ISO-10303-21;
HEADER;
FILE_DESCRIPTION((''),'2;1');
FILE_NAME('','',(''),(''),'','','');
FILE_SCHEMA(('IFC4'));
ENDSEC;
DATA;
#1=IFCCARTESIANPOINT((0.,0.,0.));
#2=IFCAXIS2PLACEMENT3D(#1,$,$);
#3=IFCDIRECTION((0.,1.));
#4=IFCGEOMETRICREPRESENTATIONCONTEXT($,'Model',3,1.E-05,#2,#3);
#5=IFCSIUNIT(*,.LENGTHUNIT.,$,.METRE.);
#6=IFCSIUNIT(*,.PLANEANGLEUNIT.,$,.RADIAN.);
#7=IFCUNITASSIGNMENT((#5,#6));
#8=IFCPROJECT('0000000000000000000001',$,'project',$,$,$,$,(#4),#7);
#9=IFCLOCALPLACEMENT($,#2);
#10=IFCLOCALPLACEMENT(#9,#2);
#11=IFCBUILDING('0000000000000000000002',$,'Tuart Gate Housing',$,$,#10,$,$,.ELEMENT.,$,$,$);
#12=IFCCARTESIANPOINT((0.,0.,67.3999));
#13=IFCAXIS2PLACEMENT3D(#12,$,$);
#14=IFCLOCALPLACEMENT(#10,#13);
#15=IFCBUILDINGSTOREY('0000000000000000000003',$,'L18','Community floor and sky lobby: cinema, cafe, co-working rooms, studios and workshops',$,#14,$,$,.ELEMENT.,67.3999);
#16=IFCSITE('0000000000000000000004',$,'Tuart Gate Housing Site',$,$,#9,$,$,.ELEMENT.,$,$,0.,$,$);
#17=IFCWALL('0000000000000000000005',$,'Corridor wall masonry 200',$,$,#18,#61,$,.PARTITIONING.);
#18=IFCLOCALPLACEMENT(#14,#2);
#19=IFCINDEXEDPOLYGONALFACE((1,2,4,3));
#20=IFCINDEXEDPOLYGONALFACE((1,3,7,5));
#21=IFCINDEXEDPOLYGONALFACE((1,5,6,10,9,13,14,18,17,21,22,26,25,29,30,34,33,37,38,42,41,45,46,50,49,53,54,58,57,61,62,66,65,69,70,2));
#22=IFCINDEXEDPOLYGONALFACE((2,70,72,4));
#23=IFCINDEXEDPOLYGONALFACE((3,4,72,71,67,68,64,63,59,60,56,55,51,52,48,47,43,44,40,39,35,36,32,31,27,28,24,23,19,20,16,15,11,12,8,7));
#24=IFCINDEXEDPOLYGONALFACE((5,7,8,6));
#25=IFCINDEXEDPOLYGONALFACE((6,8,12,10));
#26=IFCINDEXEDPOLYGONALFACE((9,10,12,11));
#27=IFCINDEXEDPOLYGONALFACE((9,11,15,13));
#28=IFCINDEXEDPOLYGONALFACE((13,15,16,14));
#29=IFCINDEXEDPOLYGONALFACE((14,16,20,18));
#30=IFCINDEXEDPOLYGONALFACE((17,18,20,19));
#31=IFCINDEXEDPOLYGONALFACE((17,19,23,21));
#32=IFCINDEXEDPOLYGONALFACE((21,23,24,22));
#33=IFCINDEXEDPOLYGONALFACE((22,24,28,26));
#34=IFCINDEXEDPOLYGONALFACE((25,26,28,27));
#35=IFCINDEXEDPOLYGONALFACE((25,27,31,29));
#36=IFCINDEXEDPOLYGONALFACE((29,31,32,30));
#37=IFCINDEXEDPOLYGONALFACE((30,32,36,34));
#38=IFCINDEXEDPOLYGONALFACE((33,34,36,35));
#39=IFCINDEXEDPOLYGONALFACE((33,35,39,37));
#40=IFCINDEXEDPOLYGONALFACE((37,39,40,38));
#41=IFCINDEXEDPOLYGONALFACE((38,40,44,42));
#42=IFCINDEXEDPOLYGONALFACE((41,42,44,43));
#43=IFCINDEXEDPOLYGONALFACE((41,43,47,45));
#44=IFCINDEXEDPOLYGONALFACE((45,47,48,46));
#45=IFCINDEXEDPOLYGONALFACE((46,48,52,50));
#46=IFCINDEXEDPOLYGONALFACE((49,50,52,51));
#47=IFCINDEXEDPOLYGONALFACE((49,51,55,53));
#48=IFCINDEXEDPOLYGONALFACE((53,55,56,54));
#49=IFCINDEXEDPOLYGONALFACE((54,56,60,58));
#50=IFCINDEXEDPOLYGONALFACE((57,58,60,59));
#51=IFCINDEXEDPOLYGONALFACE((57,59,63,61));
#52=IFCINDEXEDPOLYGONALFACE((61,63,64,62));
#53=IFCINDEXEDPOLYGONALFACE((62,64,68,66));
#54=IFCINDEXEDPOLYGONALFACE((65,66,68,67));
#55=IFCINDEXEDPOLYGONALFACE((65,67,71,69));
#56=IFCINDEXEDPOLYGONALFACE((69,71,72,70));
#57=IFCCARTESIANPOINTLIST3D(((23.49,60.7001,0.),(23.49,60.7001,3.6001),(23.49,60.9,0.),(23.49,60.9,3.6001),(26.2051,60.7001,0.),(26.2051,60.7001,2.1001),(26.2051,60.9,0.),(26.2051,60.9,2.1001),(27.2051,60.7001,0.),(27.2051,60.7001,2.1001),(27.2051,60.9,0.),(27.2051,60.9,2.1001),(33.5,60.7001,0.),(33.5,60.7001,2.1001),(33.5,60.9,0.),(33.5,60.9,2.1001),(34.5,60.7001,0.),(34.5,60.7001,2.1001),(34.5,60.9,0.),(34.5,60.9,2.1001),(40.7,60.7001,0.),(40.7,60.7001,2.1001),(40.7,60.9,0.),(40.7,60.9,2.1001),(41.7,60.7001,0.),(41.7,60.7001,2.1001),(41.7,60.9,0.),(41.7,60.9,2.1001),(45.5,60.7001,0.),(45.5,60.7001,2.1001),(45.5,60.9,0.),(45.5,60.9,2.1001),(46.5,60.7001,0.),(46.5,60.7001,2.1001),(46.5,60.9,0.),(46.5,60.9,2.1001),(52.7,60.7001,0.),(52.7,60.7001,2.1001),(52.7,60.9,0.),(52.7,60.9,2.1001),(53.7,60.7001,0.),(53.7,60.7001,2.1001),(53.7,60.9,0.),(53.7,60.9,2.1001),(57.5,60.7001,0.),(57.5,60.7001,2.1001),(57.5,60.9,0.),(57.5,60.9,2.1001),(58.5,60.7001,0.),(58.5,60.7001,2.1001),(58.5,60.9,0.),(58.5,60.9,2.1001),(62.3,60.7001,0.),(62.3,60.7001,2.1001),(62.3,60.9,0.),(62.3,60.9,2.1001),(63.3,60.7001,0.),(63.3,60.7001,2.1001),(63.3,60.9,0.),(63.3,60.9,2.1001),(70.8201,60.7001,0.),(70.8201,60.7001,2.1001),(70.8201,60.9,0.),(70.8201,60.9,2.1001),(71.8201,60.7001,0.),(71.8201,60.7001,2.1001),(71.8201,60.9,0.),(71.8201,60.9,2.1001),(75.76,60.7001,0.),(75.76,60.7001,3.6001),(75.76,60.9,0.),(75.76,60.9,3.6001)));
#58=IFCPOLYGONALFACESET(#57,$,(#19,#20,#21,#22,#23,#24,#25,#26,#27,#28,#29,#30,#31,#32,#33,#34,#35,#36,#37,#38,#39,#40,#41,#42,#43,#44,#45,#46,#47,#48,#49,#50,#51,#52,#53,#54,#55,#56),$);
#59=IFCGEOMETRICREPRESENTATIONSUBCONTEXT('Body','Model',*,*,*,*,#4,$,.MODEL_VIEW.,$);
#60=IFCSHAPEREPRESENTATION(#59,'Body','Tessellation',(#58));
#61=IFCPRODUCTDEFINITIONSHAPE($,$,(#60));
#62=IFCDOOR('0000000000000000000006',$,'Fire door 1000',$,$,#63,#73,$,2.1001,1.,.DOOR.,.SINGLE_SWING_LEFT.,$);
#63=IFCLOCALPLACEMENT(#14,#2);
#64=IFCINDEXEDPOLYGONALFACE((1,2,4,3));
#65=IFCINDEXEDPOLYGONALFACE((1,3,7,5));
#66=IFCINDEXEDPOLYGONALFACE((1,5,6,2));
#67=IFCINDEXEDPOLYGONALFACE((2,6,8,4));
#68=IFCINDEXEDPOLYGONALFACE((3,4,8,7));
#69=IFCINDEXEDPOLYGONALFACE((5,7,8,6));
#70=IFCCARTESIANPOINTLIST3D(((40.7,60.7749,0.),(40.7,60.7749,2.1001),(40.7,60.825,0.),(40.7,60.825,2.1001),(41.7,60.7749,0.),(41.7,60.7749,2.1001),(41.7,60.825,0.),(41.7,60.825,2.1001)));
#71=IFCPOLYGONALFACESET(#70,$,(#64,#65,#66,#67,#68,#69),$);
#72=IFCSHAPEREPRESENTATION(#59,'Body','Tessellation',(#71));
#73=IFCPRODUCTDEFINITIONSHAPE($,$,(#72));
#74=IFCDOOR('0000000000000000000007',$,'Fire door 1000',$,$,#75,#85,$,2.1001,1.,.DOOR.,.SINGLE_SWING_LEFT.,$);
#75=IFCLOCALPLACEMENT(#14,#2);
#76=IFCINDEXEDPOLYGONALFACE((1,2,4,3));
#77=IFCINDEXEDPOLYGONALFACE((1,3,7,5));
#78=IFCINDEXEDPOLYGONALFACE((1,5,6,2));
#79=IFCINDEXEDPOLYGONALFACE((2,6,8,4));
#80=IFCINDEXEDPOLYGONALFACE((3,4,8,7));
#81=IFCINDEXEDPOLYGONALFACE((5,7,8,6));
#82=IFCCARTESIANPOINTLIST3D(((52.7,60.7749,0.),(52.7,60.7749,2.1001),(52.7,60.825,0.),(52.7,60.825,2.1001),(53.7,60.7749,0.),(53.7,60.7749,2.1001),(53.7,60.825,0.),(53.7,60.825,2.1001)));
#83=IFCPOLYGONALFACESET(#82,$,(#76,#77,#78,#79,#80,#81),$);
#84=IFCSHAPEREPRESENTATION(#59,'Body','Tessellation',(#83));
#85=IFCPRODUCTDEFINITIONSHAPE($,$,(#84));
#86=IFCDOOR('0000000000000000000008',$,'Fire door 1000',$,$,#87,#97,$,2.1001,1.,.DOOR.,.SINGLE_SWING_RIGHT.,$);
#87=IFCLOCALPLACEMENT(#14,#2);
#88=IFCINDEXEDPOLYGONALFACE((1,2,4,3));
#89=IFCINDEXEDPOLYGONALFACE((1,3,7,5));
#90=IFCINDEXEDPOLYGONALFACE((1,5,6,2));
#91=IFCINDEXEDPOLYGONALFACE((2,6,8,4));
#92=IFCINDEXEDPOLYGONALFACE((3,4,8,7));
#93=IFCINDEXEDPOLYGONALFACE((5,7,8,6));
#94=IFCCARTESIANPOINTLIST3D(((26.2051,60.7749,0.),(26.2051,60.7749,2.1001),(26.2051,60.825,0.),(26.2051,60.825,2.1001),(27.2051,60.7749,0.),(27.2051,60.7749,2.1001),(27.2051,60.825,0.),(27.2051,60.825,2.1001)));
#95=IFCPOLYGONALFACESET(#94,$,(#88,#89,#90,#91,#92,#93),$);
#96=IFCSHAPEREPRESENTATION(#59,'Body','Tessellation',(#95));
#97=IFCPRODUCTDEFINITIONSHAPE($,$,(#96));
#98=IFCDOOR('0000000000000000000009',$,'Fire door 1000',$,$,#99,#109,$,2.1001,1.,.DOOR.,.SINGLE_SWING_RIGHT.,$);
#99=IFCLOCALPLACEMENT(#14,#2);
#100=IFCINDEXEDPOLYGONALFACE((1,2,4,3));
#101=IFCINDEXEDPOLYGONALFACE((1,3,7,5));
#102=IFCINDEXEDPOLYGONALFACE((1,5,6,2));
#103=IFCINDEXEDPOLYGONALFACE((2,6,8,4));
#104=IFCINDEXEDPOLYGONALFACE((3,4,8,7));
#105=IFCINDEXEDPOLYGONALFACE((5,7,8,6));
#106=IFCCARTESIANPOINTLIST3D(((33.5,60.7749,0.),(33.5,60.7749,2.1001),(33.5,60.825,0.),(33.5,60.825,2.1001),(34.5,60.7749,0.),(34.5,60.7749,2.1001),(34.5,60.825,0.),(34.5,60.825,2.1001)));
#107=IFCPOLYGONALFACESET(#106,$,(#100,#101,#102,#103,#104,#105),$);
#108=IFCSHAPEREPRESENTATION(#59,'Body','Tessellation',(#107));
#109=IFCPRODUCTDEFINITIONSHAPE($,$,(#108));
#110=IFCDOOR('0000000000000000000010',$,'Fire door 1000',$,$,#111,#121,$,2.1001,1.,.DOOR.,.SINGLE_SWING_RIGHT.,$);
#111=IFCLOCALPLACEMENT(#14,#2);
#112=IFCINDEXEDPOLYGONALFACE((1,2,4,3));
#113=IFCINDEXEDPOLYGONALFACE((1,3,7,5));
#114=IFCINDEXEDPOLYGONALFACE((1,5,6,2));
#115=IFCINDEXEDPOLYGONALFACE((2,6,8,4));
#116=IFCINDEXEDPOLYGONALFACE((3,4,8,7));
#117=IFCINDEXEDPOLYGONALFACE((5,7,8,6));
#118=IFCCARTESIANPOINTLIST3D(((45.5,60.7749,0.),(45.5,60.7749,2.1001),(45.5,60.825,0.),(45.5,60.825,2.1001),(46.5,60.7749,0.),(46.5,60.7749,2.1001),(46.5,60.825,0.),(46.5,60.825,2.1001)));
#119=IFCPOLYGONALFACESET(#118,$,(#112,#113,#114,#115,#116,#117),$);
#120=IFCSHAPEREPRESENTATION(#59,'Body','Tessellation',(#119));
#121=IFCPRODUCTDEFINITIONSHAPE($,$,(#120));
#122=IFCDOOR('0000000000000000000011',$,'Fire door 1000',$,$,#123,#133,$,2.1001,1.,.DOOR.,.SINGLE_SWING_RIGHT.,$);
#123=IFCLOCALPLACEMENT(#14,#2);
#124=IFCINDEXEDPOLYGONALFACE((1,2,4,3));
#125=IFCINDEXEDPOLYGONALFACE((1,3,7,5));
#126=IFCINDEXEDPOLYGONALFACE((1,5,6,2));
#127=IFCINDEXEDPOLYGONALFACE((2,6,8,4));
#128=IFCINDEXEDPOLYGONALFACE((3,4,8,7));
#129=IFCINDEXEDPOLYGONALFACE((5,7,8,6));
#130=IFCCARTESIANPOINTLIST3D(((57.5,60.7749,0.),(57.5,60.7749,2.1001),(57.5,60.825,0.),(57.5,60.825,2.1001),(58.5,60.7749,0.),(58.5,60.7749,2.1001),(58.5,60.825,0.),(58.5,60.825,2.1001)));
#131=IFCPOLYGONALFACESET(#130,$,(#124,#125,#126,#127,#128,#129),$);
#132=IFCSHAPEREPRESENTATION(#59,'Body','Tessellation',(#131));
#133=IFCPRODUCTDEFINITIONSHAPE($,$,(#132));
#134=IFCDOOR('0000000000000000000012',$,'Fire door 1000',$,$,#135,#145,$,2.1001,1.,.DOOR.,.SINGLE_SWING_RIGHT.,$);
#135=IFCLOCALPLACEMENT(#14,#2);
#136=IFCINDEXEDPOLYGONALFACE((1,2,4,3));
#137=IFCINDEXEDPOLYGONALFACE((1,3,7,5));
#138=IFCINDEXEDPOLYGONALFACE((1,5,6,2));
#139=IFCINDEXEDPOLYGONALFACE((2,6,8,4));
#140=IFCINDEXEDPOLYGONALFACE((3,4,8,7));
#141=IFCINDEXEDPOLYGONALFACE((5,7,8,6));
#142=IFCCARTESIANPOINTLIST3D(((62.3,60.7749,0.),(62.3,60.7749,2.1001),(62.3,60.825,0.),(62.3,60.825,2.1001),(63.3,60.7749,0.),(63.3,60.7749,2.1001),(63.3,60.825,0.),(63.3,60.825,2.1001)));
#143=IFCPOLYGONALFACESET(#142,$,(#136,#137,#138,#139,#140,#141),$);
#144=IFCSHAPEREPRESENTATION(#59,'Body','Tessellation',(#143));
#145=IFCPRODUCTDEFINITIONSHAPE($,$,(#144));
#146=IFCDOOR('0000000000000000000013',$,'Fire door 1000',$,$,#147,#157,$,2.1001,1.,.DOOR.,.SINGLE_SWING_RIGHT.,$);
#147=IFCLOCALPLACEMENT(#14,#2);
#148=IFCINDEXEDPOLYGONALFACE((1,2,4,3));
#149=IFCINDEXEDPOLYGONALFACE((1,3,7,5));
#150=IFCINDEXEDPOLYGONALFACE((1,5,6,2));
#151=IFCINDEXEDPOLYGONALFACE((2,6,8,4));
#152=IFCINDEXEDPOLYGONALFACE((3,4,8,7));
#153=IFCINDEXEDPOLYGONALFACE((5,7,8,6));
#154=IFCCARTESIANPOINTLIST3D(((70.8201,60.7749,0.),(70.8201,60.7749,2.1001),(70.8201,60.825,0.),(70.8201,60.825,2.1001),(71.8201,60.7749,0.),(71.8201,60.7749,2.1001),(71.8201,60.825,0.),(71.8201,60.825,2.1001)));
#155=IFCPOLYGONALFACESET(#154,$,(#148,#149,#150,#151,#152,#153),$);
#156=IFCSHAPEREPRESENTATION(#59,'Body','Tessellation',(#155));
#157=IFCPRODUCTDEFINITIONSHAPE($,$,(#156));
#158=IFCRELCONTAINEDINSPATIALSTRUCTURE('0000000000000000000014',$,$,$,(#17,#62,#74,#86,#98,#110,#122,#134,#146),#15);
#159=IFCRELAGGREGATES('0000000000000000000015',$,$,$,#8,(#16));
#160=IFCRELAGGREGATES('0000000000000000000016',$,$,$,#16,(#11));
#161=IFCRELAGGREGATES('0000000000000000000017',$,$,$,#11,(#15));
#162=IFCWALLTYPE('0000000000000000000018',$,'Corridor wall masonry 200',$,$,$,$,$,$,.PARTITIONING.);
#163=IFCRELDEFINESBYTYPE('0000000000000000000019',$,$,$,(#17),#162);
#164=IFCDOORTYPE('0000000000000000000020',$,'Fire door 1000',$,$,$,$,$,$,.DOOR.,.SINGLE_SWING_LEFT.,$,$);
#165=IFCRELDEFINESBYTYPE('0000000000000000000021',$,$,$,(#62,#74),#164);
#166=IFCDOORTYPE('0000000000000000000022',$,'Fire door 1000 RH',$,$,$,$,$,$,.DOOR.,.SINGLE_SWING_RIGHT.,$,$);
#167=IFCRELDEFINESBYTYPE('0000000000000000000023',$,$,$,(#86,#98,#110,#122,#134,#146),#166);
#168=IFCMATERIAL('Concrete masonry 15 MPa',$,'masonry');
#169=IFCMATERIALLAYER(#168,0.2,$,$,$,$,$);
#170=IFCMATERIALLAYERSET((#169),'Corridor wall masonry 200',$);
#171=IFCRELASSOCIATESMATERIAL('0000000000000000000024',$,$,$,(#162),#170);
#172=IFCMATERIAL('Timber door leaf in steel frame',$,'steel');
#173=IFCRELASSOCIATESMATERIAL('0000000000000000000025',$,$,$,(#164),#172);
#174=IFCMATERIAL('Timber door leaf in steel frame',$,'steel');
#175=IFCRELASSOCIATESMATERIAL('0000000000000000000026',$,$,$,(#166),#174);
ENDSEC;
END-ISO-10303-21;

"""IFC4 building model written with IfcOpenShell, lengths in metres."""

from ifc_helpers import new_model, si_unit, direction, frame, frame_2d, origin, place, context, subcontext, project, spatial, rectangle, extrude, material, layer, layer_set, type_object, element, fill, save


model = new_model("IFC4")

# Units and contexts
model_context = context("Model", 3, precision=1e-05, world=origin(), true_north=direction((0.0, 1.0)))
body_context = subcontext(model_context, "Body", "Model", "MODEL_VIEW")
ifc_project = project(units=[si_unit("LENGTHUNIT", "METRE"), si_unit("PLANEANGLEUNIT", "RADIAN")], contexts=[model_context])

# Site, building, storey
site_placement = place(None, origin())
site = spatial("IfcSite", under=ifc_project, at=site_placement, Name="Tuart Gate Housing Site", CompositionType="ELEMENT", RefElevation=0.0)
building_placement = place(site_placement, origin())
building = spatial("IfcBuilding", under=site, at=building_placement, Name="Tuart Gate Housing", CompositionType="ELEMENT")
storey_placement = place(building_placement, frame((0.0, 0.0, 67.3999)))
storey = spatial("IfcBuildingStorey", under=building, at=storey_placement, Name="L18", Description="Community floor and sky lobby: cinema, cafe, co-working rooms, studios and workshops", CompositionType="ELEMENT", Elevation=67.3999)

# Wall, openings, doors
ifc_material_1 = material(Name="Concrete masonry 15 MPa", Category="masonry")
ifc_layer_1 = layer(ifc_material_1, 0.2)
ifc_layer_set_1 = layer_set([ifc_layer_1], Name="Corridor wall masonry 200")
wall_type_1 = type_object("IfcWallType", Name="Corridor wall masonry 200", PredefinedType="PARTITIONING", material=ifc_layer_set_1)
wall_1_placement = place(storey_placement, frame((23.49, 60.8, 0.0), z_axis=(0.0, 0.0, 1.0), x_axis=(1.0, 0.0, 0.0)))
wall_1 = element("IfcWall", 1, at=wall_1_placement, inside=storey, type_object=wall_type_1, Name="Corridor wall masonry 200", PredefinedType="PARTITIONING", context=body_context, shape_type="SweptSolid", body=[
    extrude(rectangle(XDim=52.27, YDim=0.2, at=frame_2d((26.135, 0.0))), origin(), (0.0, 0.0, 1.0), 3.6001),
])
opening_1_placement = place(wall_1_placement, frame((2.7151, 0.0, 0.0)))
opening_1 = element("IfcOpeningElement", 2, at=opening_1_placement, cuts=wall_1, PredefinedType="OPENING", context=body_context, shape_type="SweptSolid", body=[
    extrude(rectangle(XDim=1.0, YDim=2.1001, at=frame_2d((0.5, 1.05))), frame((0.0, 0.1099, 0.0), z_axis=(0.0, -1.0, 0.0), x_axis=(1.0, 0.0, 0.0)), (0.0, 0.0, 1.0), 0.22),
])
opening_2_placement = place(wall_1_placement, frame((10.01, 0.0, 0.0)))
opening_2 = element("IfcOpeningElement", 3, at=opening_2_placement, cuts=wall_1, PredefinedType="OPENING", context=body_context, shape_type="SweptSolid", body=[
    extrude(rectangle(XDim=1.0, YDim=2.1001, at=frame_2d((0.5, 1.05))), frame((0.0, 0.1099, 0.0), z_axis=(0.0, -1.0, 0.0), x_axis=(1.0, 0.0, 0.0)), (0.0, 0.0, 1.0), 0.22),
])
opening_3_placement = place(wall_1_placement, frame((17.21, 0.0, 0.0)))
opening_3 = element("IfcOpeningElement", 4, at=opening_3_placement, cuts=wall_1, PredefinedType="OPENING", context=body_context, shape_type="SweptSolid", body=[
    extrude(rectangle(XDim=1.0, YDim=2.1001, at=frame_2d((0.5, 1.05))), frame((0.0, 0.1099, 0.0), z_axis=(0.0, -1.0, 0.0), x_axis=(1.0, 0.0, 0.0)), (0.0, 0.0, 1.0), 0.22),
])
opening_4_placement = place(wall_1_placement, frame((22.01, 0.0, 0.0)))
opening_4 = element("IfcOpeningElement", 5, at=opening_4_placement, cuts=wall_1, PredefinedType="OPENING", context=body_context, shape_type="SweptSolid", body=[
    extrude(rectangle(XDim=1.0, YDim=2.1001, at=frame_2d((0.5, 1.05))), frame((0.0, 0.1099, 0.0), z_axis=(0.0, -1.0, 0.0), x_axis=(1.0, 0.0, 0.0)), (0.0, 0.0, 1.0), 0.22),
])
opening_5_placement = place(wall_1_placement, frame((29.21, 0.0, 0.0)))
opening_5 = element("IfcOpeningElement", 6, at=opening_5_placement, cuts=wall_1, PredefinedType="OPENING", context=body_context, shape_type="SweptSolid", body=[
    extrude(rectangle(XDim=1.0, YDim=2.1001, at=frame_2d((0.5, 1.05))), frame((0.0, 0.1099, 0.0), z_axis=(0.0, -1.0, 0.0), x_axis=(1.0, 0.0, 0.0)), (0.0, 0.0, 1.0), 0.22),
])
opening_6_placement = place(wall_1_placement, frame((34.01, 0.0, 0.0)))
opening_6 = element("IfcOpeningElement", 7, at=opening_6_placement, cuts=wall_1, PredefinedType="OPENING", context=body_context, shape_type="SweptSolid", body=[
    extrude(rectangle(XDim=1.0, YDim=2.1001, at=frame_2d((0.5, 1.05))), frame((0.0, 0.1099, 0.0), z_axis=(0.0, -1.0, 0.0), x_axis=(1.0, 0.0, 0.0)), (0.0, 0.0, 1.0), 0.22),
])
opening_7_placement = place(wall_1_placement, frame((38.8101, 0.0, 0.0)))
opening_7 = element("IfcOpeningElement", 8, at=opening_7_placement, cuts=wall_1, PredefinedType="OPENING", context=body_context, shape_type="SweptSolid", body=[
    extrude(rectangle(XDim=1.0, YDim=2.1001, at=frame_2d((0.5, 1.05))), frame((0.0, 0.1099, 0.0), z_axis=(0.0, -1.0, 0.0), x_axis=(1.0, 0.0, 0.0)), (0.0, 0.0, 1.0), 0.22),
])
opening_8_placement = place(wall_1_placement, frame((47.3301, 0.0, 0.0)))
opening_8 = element("IfcOpeningElement", 9, at=opening_8_placement, cuts=wall_1, PredefinedType="OPENING", context=body_context, shape_type="SweptSolid", body=[
    extrude(rectangle(XDim=1.0, YDim=2.1001, at=frame_2d((0.5, 1.05))), frame((0.0, 0.1099, 0.0), z_axis=(0.0, -1.0, 0.0), x_axis=(1.0, 0.0, 0.0)), (0.0, 0.0, 1.0), 0.22),
])
ifc_material_2 = material(Name="Timber door leaf in steel frame", Category="steel")
door_type_1 = type_object("IfcDoorType", Name="Fire door 1000", OperationType="SINGLE_SWING_LEFT", PredefinedType="DOOR", material=ifc_material_2)
door_1_placement = place(opening_3_placement, frame((1.0, 0.0, 0.0), z_axis=(0.0, 0.0, 1.0), x_axis=(-1.0, 0.0, 0.0)))
door_1 = element("IfcDoor", 10, at=door_1_placement, inside=storey, type_object=door_type_1, Name="Fire door 1000", OperationType="SINGLE_SWING_LEFT", OverallHeight=2.1001, OverallWidth=1.0, PredefinedType="DOOR", context=body_context, shape_type="SweptSolid", body=[
    extrude(rectangle(XDim=1.0, YDim=2.1001, at=frame_2d((0.5, 1.05))), frame((0.0, 0.0251, 0.0), z_axis=(0.0, -1.0, 0.0), x_axis=(1.0, 0.0, 0.0)), (0.0, 0.0, 1.0), 0.05),
])
fill(opening_3, door_1)
door_2_placement = place(opening_5_placement, frame((1.0, 0.0, 0.0), z_axis=(0.0, 0.0, 1.0), x_axis=(-1.0, 0.0, 0.0)))
door_2 = element("IfcDoor", 11, at=door_2_placement, inside=storey, type_object=door_type_1, Name="Fire door 1000", OperationType="SINGLE_SWING_LEFT", OverallHeight=2.1001, OverallWidth=1.0, PredefinedType="DOOR", context=body_context, shape_type="SweptSolid", body=[
    extrude(rectangle(XDim=1.0, YDim=2.1001, at=frame_2d((0.5, 1.05))), frame((0.0, 0.0251, 0.0), z_axis=(0.0, -1.0, 0.0), x_axis=(1.0, 0.0, 0.0)), (0.0, 0.0, 1.0), 0.05),
])
fill(opening_5, door_2)
ifc_material_3 = material(Name="Timber door leaf in steel frame", Category="steel")
door_type_2 = type_object("IfcDoorType", Name="Fire door 1000 RH", OperationType="SINGLE_SWING_RIGHT", PredefinedType="DOOR", material=ifc_material_3)
door_3_placement = place(opening_1_placement, frame((1.0, 0.0, 0.0), z_axis=(0.0, 0.0, 1.0), x_axis=(-1.0, 0.0, 0.0)))
door_3 = element("IfcDoor", 12, at=door_3_placement, inside=storey, type_object=door_type_2, Name="Fire door 1000", OperationType="SINGLE_SWING_RIGHT", OverallHeight=2.1001, OverallWidth=1.0, PredefinedType="DOOR", context=body_context, shape_type="SweptSolid", body=[
    extrude(rectangle(XDim=1.0, YDim=2.1001, at=frame_2d((0.5, 1.05))), frame((0.0, 0.0251, 0.0), z_axis=(0.0, -1.0, 0.0), x_axis=(1.0, 0.0, 0.0)), (0.0, 0.0, 1.0), 0.05),
])
fill(opening_1, door_3)
door_4_placement = place(opening_2_placement, frame((1.0, 0.0, 0.0), z_axis=(0.0, 0.0, 1.0), x_axis=(-1.0, 0.0, 0.0)))
door_4 = element("IfcDoor", 13, at=door_4_placement, inside=storey, type_object=door_type_2, Name="Fire door 1000", OperationType="SINGLE_SWING_RIGHT", OverallHeight=2.1001, OverallWidth=1.0, PredefinedType="DOOR", context=body_context, shape_type="SweptSolid", body=[
    extrude(rectangle(XDim=1.0, YDim=2.1001, at=frame_2d((0.5, 1.05))), frame((0.0, 0.0251, 0.0), z_axis=(0.0, -1.0, 0.0), x_axis=(1.0, 0.0, 0.0)), (0.0, 0.0, 1.0), 0.05),
])
fill(opening_2, door_4)
door_5_placement = place(opening_4_placement, frame((1.0, 0.0, 0.0), z_axis=(0.0, 0.0, 1.0), x_axis=(-1.0, 0.0, 0.0)))
door_5 = element("IfcDoor", 14, at=door_5_placement, inside=storey, type_object=door_type_2, Name="Fire door 1000", OperationType="SINGLE_SWING_RIGHT", OverallHeight=2.1001, OverallWidth=1.0, PredefinedType="DOOR", context=body_context, shape_type="SweptSolid", body=[
    extrude(rectangle(XDim=1.0, YDim=2.1001, at=frame_2d((0.5, 1.05))), frame((0.0, 0.0251, 0.0), z_axis=(0.0, -1.0, 0.0), x_axis=(1.0, 0.0, 0.0)), (0.0, 0.0, 1.0), 0.05),
])
fill(opening_4, door_5)
door_6_placement = place(opening_6_placement, frame((1.0, 0.0, 0.0), z_axis=(0.0, 0.0, 1.0), x_axis=(-1.0, 0.0, 0.0)))
door_6 = element("IfcDoor", 15, at=door_6_placement, inside=storey, type_object=door_type_2, Name="Fire door 1000", OperationType="SINGLE_SWING_RIGHT", OverallHeight=2.1001, OverallWidth=1.0, PredefinedType="DOOR", context=body_context, shape_type="SweptSolid", body=[
    extrude(rectangle(XDim=1.0, YDim=2.1001, at=frame_2d((0.5, 1.05))), frame((0.0, 0.0251, 0.0), z_axis=(0.0, -1.0, 0.0), x_axis=(1.0, 0.0, 0.0)), (0.0, 0.0, 1.0), 0.05),
])
fill(opening_6, door_6)
door_7_placement = place(opening_7_placement, frame((1.0, 0.0, 0.0), z_axis=(0.0, 0.0, 1.0), x_axis=(-1.0, 0.0, 0.0)))
door_7 = element("IfcDoor", 16, at=door_7_placement, inside=storey, type_object=door_type_2, Name="Fire door 1000", OperationType="SINGLE_SWING_RIGHT", OverallHeight=2.1001, OverallWidth=1.0, PredefinedType="DOOR", context=body_context, shape_type="SweptSolid", body=[
    extrude(rectangle(XDim=1.0, YDim=2.1001, at=frame_2d((0.5, 1.05))), frame((0.0, 0.0251, 0.0), z_axis=(0.0, -1.0, 0.0), x_axis=(1.0, 0.0, 0.0)), (0.0, 0.0, 1.0), 0.05),
])
fill(opening_7, door_7)
door_8_placement = place(opening_8_placement, frame((1.0, 0.0, 0.0), z_axis=(0.0, 0.0, 1.0), x_axis=(-1.0, 0.0, 0.0)))
door_8 = element("IfcDoor", 17, at=door_8_placement, inside=storey, type_object=door_type_2, Name="Fire door 1000", OperationType="SINGLE_SWING_RIGHT", OverallHeight=2.1001, OverallWidth=1.0, PredefinedType="DOOR", context=body_context, shape_type="SweptSolid", body=[
    extrude(rectangle(XDim=1.0, YDim=2.1001, at=frame_2d((0.5, 1.05))), frame((0.0, 0.0251, 0.0), z_axis=(0.0, -1.0, 0.0), x_axis=(1.0, 0.0, 0.0)), (0.0, 0.0, 1.0), 0.05),
])
fill(opening_8, door_8)

save(model, "model.ifc")
